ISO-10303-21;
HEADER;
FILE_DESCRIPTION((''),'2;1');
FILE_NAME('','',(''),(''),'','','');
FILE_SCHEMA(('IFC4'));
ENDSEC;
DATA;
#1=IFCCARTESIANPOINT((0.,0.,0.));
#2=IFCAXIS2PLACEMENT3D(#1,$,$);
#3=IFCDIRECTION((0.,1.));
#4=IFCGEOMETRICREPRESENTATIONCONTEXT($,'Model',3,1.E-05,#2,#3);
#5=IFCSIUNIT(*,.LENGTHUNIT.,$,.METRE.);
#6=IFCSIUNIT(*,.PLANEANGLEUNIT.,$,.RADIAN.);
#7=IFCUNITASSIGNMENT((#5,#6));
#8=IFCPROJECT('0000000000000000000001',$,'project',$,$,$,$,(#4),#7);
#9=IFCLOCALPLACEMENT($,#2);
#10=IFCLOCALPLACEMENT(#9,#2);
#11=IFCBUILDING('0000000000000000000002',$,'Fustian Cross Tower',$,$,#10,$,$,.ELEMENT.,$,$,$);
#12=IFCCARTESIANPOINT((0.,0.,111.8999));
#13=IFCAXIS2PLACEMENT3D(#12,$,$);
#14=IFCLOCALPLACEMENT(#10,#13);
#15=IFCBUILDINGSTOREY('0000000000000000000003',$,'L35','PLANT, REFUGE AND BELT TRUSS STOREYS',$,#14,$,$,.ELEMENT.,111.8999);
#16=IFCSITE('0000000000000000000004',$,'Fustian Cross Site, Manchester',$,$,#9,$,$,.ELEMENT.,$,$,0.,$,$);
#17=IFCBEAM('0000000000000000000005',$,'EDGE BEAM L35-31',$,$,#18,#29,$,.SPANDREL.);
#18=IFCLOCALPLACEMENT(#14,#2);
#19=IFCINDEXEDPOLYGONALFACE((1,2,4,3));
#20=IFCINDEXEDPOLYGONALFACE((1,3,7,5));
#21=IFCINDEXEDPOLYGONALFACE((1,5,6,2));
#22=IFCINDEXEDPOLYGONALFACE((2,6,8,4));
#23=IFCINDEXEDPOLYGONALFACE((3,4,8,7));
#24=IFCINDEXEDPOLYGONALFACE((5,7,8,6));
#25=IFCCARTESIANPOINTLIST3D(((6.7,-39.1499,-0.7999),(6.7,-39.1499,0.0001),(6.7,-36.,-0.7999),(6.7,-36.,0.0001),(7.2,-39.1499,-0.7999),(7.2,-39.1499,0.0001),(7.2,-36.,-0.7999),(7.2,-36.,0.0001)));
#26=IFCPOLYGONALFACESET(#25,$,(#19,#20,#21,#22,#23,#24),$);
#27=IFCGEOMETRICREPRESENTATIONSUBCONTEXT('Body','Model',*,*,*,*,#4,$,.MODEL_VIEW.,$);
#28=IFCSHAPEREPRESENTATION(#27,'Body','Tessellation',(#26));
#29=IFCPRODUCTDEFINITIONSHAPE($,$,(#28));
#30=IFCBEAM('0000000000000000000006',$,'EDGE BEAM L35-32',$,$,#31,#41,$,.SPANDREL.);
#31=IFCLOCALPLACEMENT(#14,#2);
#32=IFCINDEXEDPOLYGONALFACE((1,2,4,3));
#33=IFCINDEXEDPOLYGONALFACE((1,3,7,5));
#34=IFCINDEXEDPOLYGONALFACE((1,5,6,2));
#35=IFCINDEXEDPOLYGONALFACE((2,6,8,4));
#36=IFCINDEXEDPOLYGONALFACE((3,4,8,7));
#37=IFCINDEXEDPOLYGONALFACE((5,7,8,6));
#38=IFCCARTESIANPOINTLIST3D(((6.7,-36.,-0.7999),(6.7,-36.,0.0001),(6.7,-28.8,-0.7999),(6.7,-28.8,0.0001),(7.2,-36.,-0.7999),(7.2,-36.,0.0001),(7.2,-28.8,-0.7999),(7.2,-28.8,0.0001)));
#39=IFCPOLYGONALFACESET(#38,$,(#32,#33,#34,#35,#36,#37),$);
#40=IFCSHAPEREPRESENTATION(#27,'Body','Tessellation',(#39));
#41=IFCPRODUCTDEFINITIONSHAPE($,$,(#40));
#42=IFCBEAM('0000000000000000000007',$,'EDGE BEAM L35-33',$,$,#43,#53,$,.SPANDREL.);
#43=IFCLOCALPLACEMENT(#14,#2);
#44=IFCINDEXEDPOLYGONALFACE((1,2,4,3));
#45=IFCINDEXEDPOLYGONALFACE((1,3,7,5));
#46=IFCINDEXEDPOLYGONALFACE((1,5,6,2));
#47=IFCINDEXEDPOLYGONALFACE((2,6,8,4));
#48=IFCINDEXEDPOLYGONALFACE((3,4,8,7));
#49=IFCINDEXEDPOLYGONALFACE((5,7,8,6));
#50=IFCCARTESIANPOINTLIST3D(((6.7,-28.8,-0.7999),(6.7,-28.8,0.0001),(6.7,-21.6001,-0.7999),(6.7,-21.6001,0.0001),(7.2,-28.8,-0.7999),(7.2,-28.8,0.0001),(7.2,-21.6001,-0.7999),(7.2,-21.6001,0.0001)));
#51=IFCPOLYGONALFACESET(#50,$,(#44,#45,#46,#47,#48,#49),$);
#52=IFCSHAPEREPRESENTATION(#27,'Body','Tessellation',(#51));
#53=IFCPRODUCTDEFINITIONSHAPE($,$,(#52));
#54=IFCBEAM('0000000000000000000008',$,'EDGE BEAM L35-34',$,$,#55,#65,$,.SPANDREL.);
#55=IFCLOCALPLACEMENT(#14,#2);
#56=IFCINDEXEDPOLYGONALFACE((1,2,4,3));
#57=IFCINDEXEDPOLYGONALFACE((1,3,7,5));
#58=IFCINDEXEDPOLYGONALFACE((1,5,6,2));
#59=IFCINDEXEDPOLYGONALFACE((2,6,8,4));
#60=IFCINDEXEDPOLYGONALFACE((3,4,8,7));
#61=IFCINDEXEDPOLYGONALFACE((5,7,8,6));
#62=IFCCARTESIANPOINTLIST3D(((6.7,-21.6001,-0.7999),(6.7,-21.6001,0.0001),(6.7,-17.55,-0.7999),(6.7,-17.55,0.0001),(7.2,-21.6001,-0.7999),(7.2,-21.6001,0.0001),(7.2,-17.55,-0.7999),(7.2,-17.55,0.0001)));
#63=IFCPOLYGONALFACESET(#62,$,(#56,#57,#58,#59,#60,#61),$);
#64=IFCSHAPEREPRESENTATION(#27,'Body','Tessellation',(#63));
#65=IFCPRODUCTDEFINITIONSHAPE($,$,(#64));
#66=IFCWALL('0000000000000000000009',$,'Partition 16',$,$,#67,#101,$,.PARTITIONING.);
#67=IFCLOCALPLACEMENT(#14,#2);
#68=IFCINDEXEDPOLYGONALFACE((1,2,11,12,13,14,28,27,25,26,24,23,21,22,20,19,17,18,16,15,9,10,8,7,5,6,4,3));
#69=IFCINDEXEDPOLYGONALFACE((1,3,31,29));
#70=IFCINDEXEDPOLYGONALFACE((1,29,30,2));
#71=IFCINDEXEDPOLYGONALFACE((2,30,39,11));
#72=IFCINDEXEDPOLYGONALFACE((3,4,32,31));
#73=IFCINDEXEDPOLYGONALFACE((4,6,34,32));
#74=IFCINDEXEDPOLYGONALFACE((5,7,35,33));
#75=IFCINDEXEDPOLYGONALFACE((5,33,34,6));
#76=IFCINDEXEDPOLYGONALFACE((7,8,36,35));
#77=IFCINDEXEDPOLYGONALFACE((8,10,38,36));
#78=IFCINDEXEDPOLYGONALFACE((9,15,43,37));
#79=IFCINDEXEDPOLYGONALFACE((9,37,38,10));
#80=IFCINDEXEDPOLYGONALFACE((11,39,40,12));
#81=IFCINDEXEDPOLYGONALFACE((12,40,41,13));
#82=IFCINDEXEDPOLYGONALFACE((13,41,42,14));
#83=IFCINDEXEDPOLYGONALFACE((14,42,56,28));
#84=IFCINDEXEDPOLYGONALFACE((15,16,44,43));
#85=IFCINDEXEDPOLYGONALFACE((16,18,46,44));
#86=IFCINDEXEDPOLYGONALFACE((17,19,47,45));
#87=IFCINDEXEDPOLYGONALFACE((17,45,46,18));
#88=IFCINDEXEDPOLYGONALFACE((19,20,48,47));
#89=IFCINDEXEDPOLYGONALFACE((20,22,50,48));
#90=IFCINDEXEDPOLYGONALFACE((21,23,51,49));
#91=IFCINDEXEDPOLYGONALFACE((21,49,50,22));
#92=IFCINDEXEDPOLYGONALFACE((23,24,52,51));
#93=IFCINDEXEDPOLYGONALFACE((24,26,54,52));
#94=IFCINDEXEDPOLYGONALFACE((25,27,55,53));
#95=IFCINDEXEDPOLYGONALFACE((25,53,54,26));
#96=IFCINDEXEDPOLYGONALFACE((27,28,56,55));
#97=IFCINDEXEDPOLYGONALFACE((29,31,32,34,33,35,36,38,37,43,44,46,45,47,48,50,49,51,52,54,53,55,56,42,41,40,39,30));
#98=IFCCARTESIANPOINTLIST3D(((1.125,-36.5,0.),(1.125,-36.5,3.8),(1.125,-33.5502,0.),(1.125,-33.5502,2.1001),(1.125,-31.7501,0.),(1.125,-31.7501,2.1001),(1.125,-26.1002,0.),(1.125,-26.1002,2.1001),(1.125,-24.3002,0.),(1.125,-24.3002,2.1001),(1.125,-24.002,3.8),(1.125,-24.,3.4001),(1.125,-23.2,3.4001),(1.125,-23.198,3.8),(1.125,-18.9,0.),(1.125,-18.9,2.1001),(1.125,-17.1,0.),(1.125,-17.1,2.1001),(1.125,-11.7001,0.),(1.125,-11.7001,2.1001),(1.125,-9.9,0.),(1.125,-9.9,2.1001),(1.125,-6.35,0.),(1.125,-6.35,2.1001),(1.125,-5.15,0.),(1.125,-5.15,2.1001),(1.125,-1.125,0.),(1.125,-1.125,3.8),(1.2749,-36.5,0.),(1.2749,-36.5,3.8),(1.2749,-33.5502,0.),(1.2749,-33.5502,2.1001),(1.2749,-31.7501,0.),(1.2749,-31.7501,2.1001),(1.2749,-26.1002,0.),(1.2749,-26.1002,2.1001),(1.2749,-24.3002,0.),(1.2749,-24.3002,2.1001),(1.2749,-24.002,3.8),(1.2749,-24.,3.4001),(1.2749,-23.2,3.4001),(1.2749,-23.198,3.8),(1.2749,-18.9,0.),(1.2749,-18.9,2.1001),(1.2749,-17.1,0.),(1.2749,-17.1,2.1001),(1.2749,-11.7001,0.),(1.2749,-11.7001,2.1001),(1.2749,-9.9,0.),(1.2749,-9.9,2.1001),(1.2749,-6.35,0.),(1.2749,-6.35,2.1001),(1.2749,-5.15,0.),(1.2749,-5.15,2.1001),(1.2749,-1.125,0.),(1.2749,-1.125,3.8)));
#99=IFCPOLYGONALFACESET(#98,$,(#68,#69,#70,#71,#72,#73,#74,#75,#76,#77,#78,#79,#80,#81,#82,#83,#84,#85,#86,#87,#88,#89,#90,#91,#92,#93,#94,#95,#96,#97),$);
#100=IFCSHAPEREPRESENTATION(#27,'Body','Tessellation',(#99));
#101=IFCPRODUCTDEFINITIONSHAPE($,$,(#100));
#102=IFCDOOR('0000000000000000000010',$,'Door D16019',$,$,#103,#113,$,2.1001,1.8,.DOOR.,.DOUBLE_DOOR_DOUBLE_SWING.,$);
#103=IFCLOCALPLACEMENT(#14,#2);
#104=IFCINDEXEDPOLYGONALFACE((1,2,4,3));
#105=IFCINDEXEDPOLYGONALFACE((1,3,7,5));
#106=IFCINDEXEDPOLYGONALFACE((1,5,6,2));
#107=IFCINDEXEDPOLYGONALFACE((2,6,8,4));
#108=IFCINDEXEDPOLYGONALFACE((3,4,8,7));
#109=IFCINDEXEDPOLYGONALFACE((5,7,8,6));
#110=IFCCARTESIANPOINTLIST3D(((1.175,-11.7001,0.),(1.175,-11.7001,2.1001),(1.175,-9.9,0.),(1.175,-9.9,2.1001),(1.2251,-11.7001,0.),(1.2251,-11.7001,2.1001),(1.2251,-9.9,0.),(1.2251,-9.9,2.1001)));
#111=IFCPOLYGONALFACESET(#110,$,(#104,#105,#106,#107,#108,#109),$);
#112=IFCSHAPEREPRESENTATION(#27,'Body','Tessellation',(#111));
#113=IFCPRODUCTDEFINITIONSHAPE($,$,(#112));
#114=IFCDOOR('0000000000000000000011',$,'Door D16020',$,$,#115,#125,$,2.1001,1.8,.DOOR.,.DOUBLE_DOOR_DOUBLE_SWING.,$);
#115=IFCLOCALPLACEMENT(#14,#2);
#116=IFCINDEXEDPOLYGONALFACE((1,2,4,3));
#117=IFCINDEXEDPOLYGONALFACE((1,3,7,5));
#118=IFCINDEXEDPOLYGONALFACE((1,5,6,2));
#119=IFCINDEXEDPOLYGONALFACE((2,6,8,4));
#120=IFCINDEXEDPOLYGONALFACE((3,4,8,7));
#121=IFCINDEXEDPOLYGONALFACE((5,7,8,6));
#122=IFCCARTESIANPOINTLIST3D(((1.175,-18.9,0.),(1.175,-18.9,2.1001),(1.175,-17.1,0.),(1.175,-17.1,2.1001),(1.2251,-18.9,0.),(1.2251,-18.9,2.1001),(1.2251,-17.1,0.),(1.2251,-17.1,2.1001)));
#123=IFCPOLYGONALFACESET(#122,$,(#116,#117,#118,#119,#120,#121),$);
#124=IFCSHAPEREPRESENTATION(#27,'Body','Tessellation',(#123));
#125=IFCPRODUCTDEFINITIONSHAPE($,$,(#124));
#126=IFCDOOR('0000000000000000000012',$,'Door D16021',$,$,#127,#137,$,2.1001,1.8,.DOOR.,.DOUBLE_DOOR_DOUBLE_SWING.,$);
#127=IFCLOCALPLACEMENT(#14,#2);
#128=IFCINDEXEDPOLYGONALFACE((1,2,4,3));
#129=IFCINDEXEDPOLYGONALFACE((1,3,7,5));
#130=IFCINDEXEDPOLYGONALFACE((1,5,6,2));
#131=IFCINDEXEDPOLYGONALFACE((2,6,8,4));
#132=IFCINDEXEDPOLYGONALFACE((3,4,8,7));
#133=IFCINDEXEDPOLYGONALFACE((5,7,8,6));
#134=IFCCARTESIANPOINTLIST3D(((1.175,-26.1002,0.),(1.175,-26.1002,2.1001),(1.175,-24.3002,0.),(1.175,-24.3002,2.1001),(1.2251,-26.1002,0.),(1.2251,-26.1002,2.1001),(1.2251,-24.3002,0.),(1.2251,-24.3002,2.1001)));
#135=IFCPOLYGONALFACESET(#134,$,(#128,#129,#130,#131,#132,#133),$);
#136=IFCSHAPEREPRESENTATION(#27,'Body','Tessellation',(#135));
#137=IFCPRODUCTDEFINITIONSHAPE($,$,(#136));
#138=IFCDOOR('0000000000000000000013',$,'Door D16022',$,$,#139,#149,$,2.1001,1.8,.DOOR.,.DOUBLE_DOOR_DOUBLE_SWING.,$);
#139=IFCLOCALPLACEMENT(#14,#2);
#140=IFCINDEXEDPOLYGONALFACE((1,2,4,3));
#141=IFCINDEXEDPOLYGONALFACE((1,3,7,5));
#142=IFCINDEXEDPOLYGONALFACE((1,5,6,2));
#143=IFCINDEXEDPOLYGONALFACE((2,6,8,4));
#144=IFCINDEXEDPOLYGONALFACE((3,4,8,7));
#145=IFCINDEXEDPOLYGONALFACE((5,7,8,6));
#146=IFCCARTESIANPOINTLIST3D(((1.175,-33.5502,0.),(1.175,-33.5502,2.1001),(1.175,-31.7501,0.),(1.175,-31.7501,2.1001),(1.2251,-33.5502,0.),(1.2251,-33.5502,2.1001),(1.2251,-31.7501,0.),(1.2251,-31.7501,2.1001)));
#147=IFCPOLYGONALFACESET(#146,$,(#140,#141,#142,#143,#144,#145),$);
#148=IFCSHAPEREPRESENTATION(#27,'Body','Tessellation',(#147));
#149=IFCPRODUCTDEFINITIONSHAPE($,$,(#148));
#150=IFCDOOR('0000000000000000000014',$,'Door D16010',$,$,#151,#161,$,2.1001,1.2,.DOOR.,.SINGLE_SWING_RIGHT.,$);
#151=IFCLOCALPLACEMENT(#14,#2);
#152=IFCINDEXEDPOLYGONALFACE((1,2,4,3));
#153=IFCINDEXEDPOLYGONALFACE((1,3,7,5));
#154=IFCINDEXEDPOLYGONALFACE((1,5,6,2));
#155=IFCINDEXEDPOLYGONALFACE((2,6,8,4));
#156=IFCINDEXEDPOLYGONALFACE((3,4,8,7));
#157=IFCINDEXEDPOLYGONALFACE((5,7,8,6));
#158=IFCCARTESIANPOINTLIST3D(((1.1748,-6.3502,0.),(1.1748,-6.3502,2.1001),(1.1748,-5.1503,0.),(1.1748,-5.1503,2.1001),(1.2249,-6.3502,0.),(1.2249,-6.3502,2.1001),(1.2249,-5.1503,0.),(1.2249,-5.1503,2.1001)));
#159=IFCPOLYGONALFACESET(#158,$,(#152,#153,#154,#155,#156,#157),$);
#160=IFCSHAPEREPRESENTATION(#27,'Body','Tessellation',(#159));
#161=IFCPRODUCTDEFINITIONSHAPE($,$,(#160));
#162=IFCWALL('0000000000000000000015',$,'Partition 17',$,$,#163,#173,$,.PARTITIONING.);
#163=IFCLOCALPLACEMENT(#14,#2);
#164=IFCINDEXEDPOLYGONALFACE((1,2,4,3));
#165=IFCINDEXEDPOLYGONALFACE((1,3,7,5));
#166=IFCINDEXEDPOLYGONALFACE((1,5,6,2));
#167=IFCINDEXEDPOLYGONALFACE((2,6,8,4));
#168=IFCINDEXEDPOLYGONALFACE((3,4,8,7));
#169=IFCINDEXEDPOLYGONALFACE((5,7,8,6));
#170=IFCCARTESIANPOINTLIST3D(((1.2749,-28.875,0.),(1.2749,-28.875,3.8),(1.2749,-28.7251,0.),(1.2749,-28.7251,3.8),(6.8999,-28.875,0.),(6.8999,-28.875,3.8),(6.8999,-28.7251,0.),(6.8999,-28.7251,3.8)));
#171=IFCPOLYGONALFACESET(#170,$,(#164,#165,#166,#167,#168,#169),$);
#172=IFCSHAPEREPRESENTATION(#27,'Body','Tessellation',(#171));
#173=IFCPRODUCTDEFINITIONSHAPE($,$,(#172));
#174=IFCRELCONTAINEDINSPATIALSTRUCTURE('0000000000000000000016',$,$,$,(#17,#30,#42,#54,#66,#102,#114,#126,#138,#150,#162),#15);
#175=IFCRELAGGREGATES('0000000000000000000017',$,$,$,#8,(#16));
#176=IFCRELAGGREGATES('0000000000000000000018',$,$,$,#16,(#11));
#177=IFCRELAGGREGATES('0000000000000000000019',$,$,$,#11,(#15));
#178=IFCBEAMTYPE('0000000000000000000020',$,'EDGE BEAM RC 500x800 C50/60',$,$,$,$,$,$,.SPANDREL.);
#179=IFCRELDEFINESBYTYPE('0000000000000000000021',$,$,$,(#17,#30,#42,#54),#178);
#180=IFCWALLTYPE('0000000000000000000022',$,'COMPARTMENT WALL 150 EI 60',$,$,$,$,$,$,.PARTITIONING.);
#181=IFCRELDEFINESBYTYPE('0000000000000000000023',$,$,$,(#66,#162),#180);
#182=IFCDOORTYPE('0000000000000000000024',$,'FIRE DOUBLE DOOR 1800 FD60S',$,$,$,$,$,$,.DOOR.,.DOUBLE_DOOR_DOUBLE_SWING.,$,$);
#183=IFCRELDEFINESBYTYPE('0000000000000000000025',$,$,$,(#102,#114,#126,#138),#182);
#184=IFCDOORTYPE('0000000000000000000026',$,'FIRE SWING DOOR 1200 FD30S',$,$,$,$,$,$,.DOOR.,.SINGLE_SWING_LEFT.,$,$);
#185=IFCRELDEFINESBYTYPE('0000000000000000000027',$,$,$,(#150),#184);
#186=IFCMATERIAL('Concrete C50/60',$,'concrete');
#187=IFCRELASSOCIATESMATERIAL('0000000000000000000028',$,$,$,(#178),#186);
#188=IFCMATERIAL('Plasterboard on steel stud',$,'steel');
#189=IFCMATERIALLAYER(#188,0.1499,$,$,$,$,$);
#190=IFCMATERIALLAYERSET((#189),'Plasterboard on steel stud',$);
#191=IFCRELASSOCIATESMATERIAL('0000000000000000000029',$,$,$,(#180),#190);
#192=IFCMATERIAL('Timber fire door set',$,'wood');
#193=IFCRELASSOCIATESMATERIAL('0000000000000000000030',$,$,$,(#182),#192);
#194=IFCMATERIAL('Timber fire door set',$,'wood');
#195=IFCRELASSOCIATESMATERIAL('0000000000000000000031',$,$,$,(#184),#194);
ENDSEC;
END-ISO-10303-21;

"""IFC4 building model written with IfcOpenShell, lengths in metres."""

from ifc_helpers import new_model, si_unit, direction, frame, frame_2d, origin, origin_2d, place, context, subcontext, project, spatial, polyline, rectangle, outline, extrude, material, layer, layer_set, material_profile, profile_set, type_object, element, fill, save


model = new_model("IFC4")

# Units and contexts
model_context = context("Model", 3, precision=1e-05, world=origin(), true_north=direction((0.0, 1.0)))
body_context = subcontext(model_context, "Body", "Model", "MODEL_VIEW")
ifc_project = project(units=[si_unit("LENGTHUNIT", "METRE"), si_unit("PLANEANGLEUNIT", "RADIAN")], contexts=[model_context])

# Site, building, storey
site_placement = place(None, origin())
site = spatial("IfcSite", under=ifc_project, at=site_placement, Name="Fustian Cross Site, Manchester", CompositionType="ELEMENT", RefElevation=0.0)
building_placement = place(site_placement, origin())
building = spatial("IfcBuilding", under=site, at=building_placement, Name="Fustian Cross Tower", CompositionType="ELEMENT")
storey_placement = place(building_placement, frame((0.0, 0.0, 111.8999)))
storey = spatial("IfcBuildingStorey", under=building, at=storey_placement, Name="L35", Description="PLANT, REFUGE AND BELT TRUSS STOREYS", CompositionType="ELEMENT", Elevation=111.8999)

# Beams
ifc_material_1 = material(Name="Concrete C50/60", Category="concrete")
ifc_material_profile_1 = material_profile(ifc_material_1, rectangle(XDim=0.5, YDim=0.8, at=origin_2d()), Name="RC 500x800")
ifc_profile_set_1 = profile_set([ifc_material_profile_1], Name="Concrete C50/60")
beam_type = type_object("IfcBeamType", Name="EDGE BEAM RC 500x800 C50/60", PredefinedType="SPANDREL", material=ifc_profile_set_1)
beam_1_placement = place(storey_placement, frame((6.95, -39.1499, -0.3999), z_axis=(0.0, 1.0, 0.0), x_axis=(-1.0, 0.0, 0.0)))
element("IfcBeam", 1, at=beam_1_placement, inside=storey, type_object=beam_type, Name="EDGE BEAM L35-31", PredefinedType="SPANDREL", context=body_context, shape_type="SweptSolid", body=[
    extrude(rectangle(XDim=0.5, YDim=0.8, at=origin_2d()), origin(), (0.0, 0.0, 1.0), 3.1499),
])
for number, where, z_axis, x_axis, name in (
    (2, (6.95, -36.0, -0.3999), (0.0, 1.0, 0.0), (-1.0, 0.0, 0.0), "EDGE BEAM L35-32"),
    (3, (6.95, -28.8, -0.3999), (0.0, 1.0, 0.0), (-1.0, 0.0, 0.0), "EDGE BEAM L35-33"),
):
    element("IfcBeam", number, at=place(storey_placement, frame(where, z_axis=z_axis, x_axis=x_axis)), inside=storey, type_object=beam_type, Name=name, PredefinedType="SPANDREL", context=body_context, shape_type="SweptSolid", body=[
        extrude(rectangle(XDim=0.5, YDim=0.8, at=origin_2d()), origin(), (0.0, 0.0, 1.0), 7.2),
    ])
beam_2_placement = place(storey_placement, frame((6.95, -21.6001, -0.3999), z_axis=(0.0, 1.0, 0.0), x_axis=(-1.0, 0.0, 0.0)))
element("IfcBeam", 4, at=beam_2_placement, inside=storey, type_object=beam_type, Name="EDGE BEAM L35-34", PredefinedType="SPANDREL", context=body_context, shape_type="SweptSolid", body=[
    extrude(rectangle(XDim=0.5, YDim=0.8, at=origin_2d()), origin(), (0.0, 0.0, 1.0), 4.05),
])

# Wall, openings, doors
ifc_material_2 = material(Name="Plasterboard on steel stud", Category="steel")
ifc_layer_1 = layer(ifc_material_2, 0.1499)
ifc_layer_set_1 = layer_set([ifc_layer_1], Name="Plasterboard on steel stud")
wall_type_1 = type_object("IfcWallType", Name="COMPARTMENT WALL 150 EI 60", PredefinedType="PARTITIONING", material=ifc_layer_set_1)
wall_1_placement = place(storey_placement, frame((1.2, -36.5, 0.0), z_axis=(0.0, 0.0, 1.0), x_axis=(0.0, 1.0, 0.0)))
wall_1 = element("IfcWall", 5, at=wall_1_placement, inside=storey, type_object=wall_type_1, Name="Partition 16", PredefinedType="PARTITIONING", context=body_context, shape_type="SweptSolid", body=[
    extrude(outline(polyline([(0.0, 0.0), (35.375, 0.0), (35.375, 3.8), (13.302, 3.8), (13.3, 3.4001), (12.5, 3.4001), (12.498, 3.8), (0.0, 3.8), (0.0, 0.0)])), frame((0.0, 0.075, 0.0), z_axis=(0.0, -1.0, 0.0), x_axis=(1.0, 0.0, 0.0)), (0.0, 0.0, 1.0), 0.1499),
])
opening_1_placement = place(wall_1_placement, frame((30.1499, 0.0, 0.0)))
opening_1 = element("IfcOpeningElement", 6, at=opening_1_placement, cuts=wall_1, PredefinedType="OPENING", context=body_context, shape_type="SweptSolid", body=[
    extrude(rectangle(XDim=1.2, YDim=2.1001, at=frame_2d((0.6001, 1.05))), frame((0.0, 0.085, 0.0), z_axis=(0.0, -1.0, 0.0), x_axis=(1.0, 0.0, 0.0)), (0.0, 0.0, 1.0), 0.1699),
])
opening_2_placement = place(wall_1_placement, frame((24.8, 0.0, 0.0)))
opening_2 = element("IfcOpeningElement", 7, at=opening_2_placement, cuts=wall_1, PredefinedType="OPENING", context=body_context, shape_type="SweptSolid", body=[
    extrude(rectangle(XDim=1.8, YDim=2.1001, at=frame_2d((0.8999, 1.05))), frame((0.0, 0.085, 0.0), z_axis=(0.0, -1.0, 0.0), x_axis=(1.0, 0.0, 0.0)), (0.0, 0.0, 1.0), 0.1699),
])
opening_3_placement = place(wall_1_placement, frame((17.6001, 0.0, 0.0)))
opening_3 = element("IfcOpeningElement", 8, at=opening_3_placement, cuts=wall_1, PredefinedType="OPENING", context=body_context, shape_type="SweptSolid", body=[
    extrude(rectangle(XDim=1.8, YDim=2.1001, at=frame_2d((0.8999, 1.05))), frame((0.0, 0.085, 0.0), z_axis=(0.0, -1.0, 0.0), x_axis=(1.0, 0.0, 0.0)), (0.0, 0.0, 1.0), 0.1699),
])
opening_4_placement = place(wall_1_placement, frame((10.3999, 0.0, 0.0)))
opening_4 = element("IfcOpeningElement", 9, at=opening_4_placement, cuts=wall_1, PredefinedType="OPENING", context=body_context, shape_type="SweptSolid", body=[
    extrude(rectangle(XDim=1.8, YDim=2.1001, at=frame_2d((0.8999, 1.05))), frame((0.0, 0.085, 0.0), z_axis=(0.0, -1.0, 0.0), x_axis=(1.0, 0.0, 0.0)), (0.0, 0.0, 1.0), 0.1699),
])
opening_5_placement = place(wall_1_placement, frame((2.95, 0.0, 0.0)))
opening_5 = element("IfcOpeningElement", 10, at=opening_5_placement, cuts=wall_1, PredefinedType="OPENING", context=body_context, shape_type="SweptSolid", body=[
    extrude(rectangle(XDim=1.8, YDim=2.1001, at=frame_2d((0.8999, 1.05))), frame((0.0, 0.085, 0.0), z_axis=(0.0, -1.0, 0.0), x_axis=(1.0, 0.0, 0.0)), (0.0, 0.0, 1.0), 0.1699),
])
ifc_material_3 = material(Name="Timber fire door set", Category="wood")
door_type_1 = type_object("IfcDoorType", Name="FIRE DOUBLE DOOR 1800 FD60S", OperationType="DOUBLE_DOOR_DOUBLE_SWING", PredefinedType="DOOR", material=ifc_material_3)
door_1_placement = place(opening_2_placement, origin())
door_1 = element("IfcDoor", 11, at=door_1_placement, inside=storey, type_object=door_type_1, Name="Door D16019", OperationType="DOUBLE_DOOR_DOUBLE_SWING", OverallHeight=2.1001, OverallWidth=1.8, PredefinedType="DOOR", context=body_context, shape_type="SweptSolid", body=[
    extrude(rectangle(XDim=1.8, YDim=2.1001, at=frame_2d((0.8999, 1.05))), frame((0.0, 0.0249, 0.0), z_axis=(0.0, -1.0, 0.0), x_axis=(1.0, 0.0, 0.0)), (0.0, 0.0, 1.0), 0.05),
])
fill(opening_2, door_1)
door_2_placement = place(opening_3_placement, origin())
door_2 = element("IfcDoor", 12, at=door_2_placement, inside=storey, type_object=door_type_1, Name="Door D16020", OperationType="DOUBLE_DOOR_DOUBLE_SWING", OverallHeight=2.1001, OverallWidth=1.8, PredefinedType="DOOR", context=body_context, shape_type="SweptSolid", body=[
    extrude(rectangle(XDim=1.8, YDim=2.1001, at=frame_2d((0.8999, 1.05))), frame((0.0, 0.0249, 0.0), z_axis=(0.0, -1.0, 0.0), x_axis=(1.0, 0.0, 0.0)), (0.0, 0.0, 1.0), 0.05),
])
fill(opening_3, door_2)
door_3_placement = place(opening_4_placement, origin())
door_3 = element("IfcDoor", 13, at=door_3_placement, inside=storey, type_object=door_type_1, Name="Door D16021", OperationType="DOUBLE_DOOR_DOUBLE_SWING", OverallHeight=2.1001, OverallWidth=1.8, PredefinedType="DOOR", context=body_context, shape_type="SweptSolid", body=[
    extrude(rectangle(XDim=1.8, YDim=2.1001, at=frame_2d((0.8999, 1.05))), frame((0.0, 0.0249, 0.0), z_axis=(0.0, -1.0, 0.0), x_axis=(1.0, 0.0, 0.0)), (0.0, 0.0, 1.0), 0.05),
])
fill(opening_4, door_3)
door_4_placement = place(opening_5_placement, origin())
door_4 = element("IfcDoor", 14, at=door_4_placement, inside=storey, type_object=door_type_1, Name="Door D16022", OperationType="DOUBLE_DOOR_DOUBLE_SWING", OverallHeight=2.1001, OverallWidth=1.8, PredefinedType="DOOR", context=body_context, shape_type="SweptSolid", body=[
    extrude(rectangle(XDim=1.8, YDim=2.1001, at=frame_2d((0.8999, 1.05))), frame((0.0, 0.0249, 0.0), z_axis=(0.0, -1.0, 0.0), x_axis=(1.0, 0.0, 0.0)), (0.0, 0.0, 1.0), 0.05),
])
fill(opening_5, door_4)
ifc_material_4 = material(Name="Timber fire door set", Category="wood")
door_type_2 = type_object("IfcDoorType", Name="FIRE SWING DOOR 1200 FD30S", OperationType="SINGLE_SWING_LEFT", PredefinedType="DOOR", material=ifc_material_4)
door_5_placement = place(opening_1_placement, frame((1.2, 0.0, 0.0), z_axis=(0.0, 0.0, 1.0), x_axis=(-1.0, 0.0, 0.0)))
door_5 = element("IfcDoor", 15, at=door_5_placement, inside=storey, type_object=door_type_2, Name="Door D16010", OperationType="SINGLE_SWING_RIGHT", OverallHeight=2.1001, OverallWidth=1.2, PredefinedType="DOOR", context=body_context, shape_type="SweptSolid", body=[
    extrude(rectangle(XDim=1.2, YDim=2.1001, at=frame_2d((0.6001, 1.05))), frame((0.0, 0.0249, 0.0), z_axis=(0.0, -1.0, 0.0), x_axis=(1.0, 0.0, 0.0)), (0.0, 0.0, 1.0), 0.05),
])
fill(opening_1, door_5)

# Wall
wall_2_placement = place(storey_placement, frame((1.2749, -28.8, 0.0), z_axis=(0.0, 0.0, 1.0), x_axis=(1.0, 0.0, 0.0)))
element("IfcWall", 16, at=wall_2_placement, inside=storey, type_object=wall_type_1, Name="Partition 17", PredefinedType="PARTITIONING", context=body_context, shape_type="SweptSolid", body=[
    extrude(rectangle(XDim=5.625, YDim=0.1499, at=frame_2d((2.8125, 0.0))), origin(), (0.0, 0.0, 1.0), 3.8),
])

save(model, "model.ifc")
